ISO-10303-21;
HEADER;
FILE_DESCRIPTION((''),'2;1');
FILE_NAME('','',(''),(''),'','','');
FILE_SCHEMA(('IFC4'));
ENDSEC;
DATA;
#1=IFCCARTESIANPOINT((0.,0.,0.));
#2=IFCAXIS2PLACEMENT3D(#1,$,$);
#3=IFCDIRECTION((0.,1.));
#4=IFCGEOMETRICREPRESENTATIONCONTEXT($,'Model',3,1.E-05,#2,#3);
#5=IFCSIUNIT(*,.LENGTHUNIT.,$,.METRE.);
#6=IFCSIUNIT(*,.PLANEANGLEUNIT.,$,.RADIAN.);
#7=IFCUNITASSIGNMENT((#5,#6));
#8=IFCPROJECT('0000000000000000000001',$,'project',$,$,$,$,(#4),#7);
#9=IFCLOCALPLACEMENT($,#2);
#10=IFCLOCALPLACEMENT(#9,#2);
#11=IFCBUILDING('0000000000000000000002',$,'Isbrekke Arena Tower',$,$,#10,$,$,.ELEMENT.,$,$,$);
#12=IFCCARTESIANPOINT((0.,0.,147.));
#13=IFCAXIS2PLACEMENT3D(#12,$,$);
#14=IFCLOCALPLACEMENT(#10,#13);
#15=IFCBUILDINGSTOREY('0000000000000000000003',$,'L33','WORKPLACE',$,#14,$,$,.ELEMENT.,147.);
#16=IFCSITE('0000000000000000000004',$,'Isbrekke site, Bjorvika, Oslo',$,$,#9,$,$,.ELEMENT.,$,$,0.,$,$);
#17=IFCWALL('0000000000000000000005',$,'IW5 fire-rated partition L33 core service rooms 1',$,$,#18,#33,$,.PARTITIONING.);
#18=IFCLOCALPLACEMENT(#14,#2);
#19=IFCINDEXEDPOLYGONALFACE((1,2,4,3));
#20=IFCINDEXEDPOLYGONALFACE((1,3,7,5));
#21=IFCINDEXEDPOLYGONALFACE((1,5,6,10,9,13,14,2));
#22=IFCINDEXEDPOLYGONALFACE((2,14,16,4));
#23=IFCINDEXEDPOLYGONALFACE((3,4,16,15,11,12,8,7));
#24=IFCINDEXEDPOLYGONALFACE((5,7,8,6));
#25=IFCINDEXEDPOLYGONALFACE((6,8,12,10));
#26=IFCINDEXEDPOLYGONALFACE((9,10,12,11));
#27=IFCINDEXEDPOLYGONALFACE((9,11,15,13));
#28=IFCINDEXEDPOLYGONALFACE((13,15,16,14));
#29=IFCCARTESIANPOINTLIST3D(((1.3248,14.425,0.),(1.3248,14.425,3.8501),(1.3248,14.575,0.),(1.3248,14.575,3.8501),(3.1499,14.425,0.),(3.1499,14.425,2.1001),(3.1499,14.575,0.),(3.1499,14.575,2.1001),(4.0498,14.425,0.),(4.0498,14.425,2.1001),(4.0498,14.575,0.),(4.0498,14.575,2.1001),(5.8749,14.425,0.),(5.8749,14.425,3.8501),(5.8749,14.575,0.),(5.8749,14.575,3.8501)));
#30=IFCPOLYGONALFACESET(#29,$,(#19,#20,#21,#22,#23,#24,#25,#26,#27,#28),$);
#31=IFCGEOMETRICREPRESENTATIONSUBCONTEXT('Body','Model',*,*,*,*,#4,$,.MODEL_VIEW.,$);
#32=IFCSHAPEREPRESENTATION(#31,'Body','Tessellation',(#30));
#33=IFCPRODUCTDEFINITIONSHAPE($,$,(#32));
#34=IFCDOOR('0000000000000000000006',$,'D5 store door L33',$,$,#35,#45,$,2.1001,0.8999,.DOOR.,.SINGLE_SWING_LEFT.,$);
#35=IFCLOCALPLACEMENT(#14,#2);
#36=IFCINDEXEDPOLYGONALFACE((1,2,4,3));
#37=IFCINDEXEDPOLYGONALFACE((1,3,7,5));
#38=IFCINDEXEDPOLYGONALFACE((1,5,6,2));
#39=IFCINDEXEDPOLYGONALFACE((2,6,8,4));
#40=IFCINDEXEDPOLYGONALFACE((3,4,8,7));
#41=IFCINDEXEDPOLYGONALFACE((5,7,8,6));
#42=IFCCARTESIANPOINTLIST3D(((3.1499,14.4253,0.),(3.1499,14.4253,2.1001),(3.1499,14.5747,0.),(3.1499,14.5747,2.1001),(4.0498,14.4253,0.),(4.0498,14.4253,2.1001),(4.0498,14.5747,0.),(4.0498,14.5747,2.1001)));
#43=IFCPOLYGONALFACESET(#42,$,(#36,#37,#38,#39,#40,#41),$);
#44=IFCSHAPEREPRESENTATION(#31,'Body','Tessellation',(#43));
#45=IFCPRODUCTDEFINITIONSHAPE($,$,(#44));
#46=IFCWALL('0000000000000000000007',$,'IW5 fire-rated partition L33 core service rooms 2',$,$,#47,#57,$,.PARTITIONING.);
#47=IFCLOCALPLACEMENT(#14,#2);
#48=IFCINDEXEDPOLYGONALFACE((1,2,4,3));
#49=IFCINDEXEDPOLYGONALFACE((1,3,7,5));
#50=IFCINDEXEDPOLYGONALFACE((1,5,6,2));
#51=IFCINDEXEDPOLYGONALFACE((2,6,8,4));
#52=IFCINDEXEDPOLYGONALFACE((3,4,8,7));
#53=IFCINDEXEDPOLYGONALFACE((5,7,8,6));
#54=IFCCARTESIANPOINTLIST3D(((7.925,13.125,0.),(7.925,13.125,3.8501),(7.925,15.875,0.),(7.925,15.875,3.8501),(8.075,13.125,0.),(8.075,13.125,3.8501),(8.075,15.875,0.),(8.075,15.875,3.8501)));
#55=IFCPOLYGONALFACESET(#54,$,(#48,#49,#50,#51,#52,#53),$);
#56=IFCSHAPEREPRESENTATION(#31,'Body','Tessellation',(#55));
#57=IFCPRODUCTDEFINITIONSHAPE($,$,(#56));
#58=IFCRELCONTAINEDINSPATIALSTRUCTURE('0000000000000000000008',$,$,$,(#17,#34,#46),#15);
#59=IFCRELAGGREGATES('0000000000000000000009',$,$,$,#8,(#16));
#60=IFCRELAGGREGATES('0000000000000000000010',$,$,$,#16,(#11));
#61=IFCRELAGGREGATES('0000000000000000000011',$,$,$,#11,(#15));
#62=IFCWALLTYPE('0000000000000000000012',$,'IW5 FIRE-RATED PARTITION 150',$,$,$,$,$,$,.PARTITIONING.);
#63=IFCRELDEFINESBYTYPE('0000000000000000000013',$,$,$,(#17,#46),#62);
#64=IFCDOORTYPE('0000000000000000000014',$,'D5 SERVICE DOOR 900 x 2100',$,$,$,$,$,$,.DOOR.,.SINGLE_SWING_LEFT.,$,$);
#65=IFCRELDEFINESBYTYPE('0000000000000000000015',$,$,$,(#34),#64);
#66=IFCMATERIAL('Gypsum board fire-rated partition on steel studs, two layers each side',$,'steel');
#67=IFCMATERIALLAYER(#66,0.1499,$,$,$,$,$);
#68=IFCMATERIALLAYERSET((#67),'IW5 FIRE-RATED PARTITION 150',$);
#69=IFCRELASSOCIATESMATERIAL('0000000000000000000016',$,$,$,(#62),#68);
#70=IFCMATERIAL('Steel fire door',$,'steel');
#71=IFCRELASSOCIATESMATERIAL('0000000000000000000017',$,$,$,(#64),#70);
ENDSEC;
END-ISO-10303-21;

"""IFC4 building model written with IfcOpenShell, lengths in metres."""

from ifc_helpers import new_model, si_unit, direction, frame, frame_2d, origin, place, context, subcontext, project, spatial, rectangle, extrude, material, layer, layer_set, type_object, element, fill, save


model = new_model("IFC4")

# Units and contexts
model_context = context("Model", 3, precision=1e-05, world=origin(), true_north=direction((0.0, 1.0)))
body_context = subcontext(model_context, "Body", "Model", "MODEL_VIEW")
ifc_project = project(units=[si_unit("LENGTHUNIT", "METRE"), si_unit("PLANEANGLEUNIT", "RADIAN")], contexts=[model_context])

# Site, building, storey
site_placement = place(None, origin())
site = spatial("IfcSite", under=ifc_project, at=site_placement, Name="Isbrekke site, Bjorvika, Oslo", CompositionType="ELEMENT", RefElevation=0.0)
building_placement = place(site_placement, origin())
building = spatial("IfcBuilding", under=site, at=building_placement, Name="Isbrekke Arena Tower", CompositionType="ELEMENT")
storey_placement = place(building_placement, frame((0.0, 0.0, 147.0)))
storey = spatial("IfcBuildingStorey", under=building, at=storey_placement, Name="L33", Description="WORKPLACE", CompositionType="ELEMENT", Elevation=147.0)

# Wall, opening, door
ifc_material_1 = material(Name="Gypsum board fire-rated partition on steel studs, two layers each side", Category="steel")
ifc_layer_1 = layer(ifc_material_1, 0.1499)
ifc_layer_set_1 = layer_set([ifc_layer_1], Name="IW5 FIRE-RATED PARTITION 150")
wall_type_1 = type_object("IfcWallType", Name="IW5 FIRE-RATED PARTITION 150", PredefinedType="PARTITIONING", material=ifc_layer_set_1)
wall_1_placement = place(storey_placement, frame((1.325, 14.5, 0.0), z_axis=(0.0, 0.0, 1.0), x_axis=(1.0, 0.0, 0.0)))
wall_1 = element("IfcWall", 1, at=wall_1_placement, inside=storey, type_object=wall_type_1, Name="IW5 fire-rated partition L33 core service rooms 1", PredefinedType="PARTITIONING", context=body_context, shape_type="SweptSolid", body=[
    extrude(rectangle(XDim=4.55, YDim=0.1499, at=frame_2d((2.2749, 0.0))), origin(), (0.0, 0.0, 1.0), 3.8501),
])
opening_1_placement = place(wall_1_placement, frame((1.825, 0.0, 0.0)))
opening_1 = element("IfcOpeningElement", 2, at=opening_1_placement, cuts=wall_1, PredefinedType="OPENING", context=body_context, shape_type="SweptSolid", body=[
    extrude(rectangle(XDim=0.8999, YDim=2.1001, at=frame_2d((0.45, 1.05))), frame((0.0, 0.0898, 0.0), z_axis=(0.0, -1.0, 0.0), x_axis=(1.0, 0.0, 0.0)), (0.0, 0.0, 1.0), 0.1797),
])
ifc_material_2 = material(Name="Steel fire door", Category="steel")
door_type_1 = type_object("IfcDoorType", Name="D5 SERVICE DOOR 900 x 2100", OperationType="SINGLE_SWING_LEFT", PredefinedType="DOOR", material=ifc_material_2)
door_1_placement = place(opening_1_placement, origin())
door_1 = element("IfcDoor", 3, at=door_1_placement, inside=storey, type_object=door_type_1, Name="D5 store door L33", OperationType="SINGLE_SWING_LEFT", OverallHeight=2.1001, OverallWidth=0.8999, PredefinedType="DOOR", context=body_context, shape_type="SweptSolid", body=[
    extrude(rectangle(XDim=0.8999, YDim=2.1001, at=frame_2d((0.45, 1.05))), frame((0.0, 0.0747, 0.0), z_axis=(0.0, -1.0, 0.0), x_axis=(1.0, 0.0, 0.0)), (0.0, 0.0, 1.0), 0.1494),
])
fill(opening_1, door_1)

# Wall
wall_2_placement = place(storey_placement, frame((8.0, 13.125, 0.0), z_axis=(0.0, 0.0, 1.0), x_axis=(0.0, 1.0, 0.0)))
element("IfcWall", 4, at=wall_2_placement, inside=storey, type_object=wall_type_1, Name="IW5 fire-rated partition L33 core service rooms 2", PredefinedType="PARTITIONING", context=body_context, shape_type="SweptSolid", body=[
    extrude(rectangle(XDim=2.75, YDim=0.1499, at=frame_2d((1.375, 0.0))), origin(), (0.0, 0.0, 1.0), 3.8501),
])

save(model, "model.ifc")
